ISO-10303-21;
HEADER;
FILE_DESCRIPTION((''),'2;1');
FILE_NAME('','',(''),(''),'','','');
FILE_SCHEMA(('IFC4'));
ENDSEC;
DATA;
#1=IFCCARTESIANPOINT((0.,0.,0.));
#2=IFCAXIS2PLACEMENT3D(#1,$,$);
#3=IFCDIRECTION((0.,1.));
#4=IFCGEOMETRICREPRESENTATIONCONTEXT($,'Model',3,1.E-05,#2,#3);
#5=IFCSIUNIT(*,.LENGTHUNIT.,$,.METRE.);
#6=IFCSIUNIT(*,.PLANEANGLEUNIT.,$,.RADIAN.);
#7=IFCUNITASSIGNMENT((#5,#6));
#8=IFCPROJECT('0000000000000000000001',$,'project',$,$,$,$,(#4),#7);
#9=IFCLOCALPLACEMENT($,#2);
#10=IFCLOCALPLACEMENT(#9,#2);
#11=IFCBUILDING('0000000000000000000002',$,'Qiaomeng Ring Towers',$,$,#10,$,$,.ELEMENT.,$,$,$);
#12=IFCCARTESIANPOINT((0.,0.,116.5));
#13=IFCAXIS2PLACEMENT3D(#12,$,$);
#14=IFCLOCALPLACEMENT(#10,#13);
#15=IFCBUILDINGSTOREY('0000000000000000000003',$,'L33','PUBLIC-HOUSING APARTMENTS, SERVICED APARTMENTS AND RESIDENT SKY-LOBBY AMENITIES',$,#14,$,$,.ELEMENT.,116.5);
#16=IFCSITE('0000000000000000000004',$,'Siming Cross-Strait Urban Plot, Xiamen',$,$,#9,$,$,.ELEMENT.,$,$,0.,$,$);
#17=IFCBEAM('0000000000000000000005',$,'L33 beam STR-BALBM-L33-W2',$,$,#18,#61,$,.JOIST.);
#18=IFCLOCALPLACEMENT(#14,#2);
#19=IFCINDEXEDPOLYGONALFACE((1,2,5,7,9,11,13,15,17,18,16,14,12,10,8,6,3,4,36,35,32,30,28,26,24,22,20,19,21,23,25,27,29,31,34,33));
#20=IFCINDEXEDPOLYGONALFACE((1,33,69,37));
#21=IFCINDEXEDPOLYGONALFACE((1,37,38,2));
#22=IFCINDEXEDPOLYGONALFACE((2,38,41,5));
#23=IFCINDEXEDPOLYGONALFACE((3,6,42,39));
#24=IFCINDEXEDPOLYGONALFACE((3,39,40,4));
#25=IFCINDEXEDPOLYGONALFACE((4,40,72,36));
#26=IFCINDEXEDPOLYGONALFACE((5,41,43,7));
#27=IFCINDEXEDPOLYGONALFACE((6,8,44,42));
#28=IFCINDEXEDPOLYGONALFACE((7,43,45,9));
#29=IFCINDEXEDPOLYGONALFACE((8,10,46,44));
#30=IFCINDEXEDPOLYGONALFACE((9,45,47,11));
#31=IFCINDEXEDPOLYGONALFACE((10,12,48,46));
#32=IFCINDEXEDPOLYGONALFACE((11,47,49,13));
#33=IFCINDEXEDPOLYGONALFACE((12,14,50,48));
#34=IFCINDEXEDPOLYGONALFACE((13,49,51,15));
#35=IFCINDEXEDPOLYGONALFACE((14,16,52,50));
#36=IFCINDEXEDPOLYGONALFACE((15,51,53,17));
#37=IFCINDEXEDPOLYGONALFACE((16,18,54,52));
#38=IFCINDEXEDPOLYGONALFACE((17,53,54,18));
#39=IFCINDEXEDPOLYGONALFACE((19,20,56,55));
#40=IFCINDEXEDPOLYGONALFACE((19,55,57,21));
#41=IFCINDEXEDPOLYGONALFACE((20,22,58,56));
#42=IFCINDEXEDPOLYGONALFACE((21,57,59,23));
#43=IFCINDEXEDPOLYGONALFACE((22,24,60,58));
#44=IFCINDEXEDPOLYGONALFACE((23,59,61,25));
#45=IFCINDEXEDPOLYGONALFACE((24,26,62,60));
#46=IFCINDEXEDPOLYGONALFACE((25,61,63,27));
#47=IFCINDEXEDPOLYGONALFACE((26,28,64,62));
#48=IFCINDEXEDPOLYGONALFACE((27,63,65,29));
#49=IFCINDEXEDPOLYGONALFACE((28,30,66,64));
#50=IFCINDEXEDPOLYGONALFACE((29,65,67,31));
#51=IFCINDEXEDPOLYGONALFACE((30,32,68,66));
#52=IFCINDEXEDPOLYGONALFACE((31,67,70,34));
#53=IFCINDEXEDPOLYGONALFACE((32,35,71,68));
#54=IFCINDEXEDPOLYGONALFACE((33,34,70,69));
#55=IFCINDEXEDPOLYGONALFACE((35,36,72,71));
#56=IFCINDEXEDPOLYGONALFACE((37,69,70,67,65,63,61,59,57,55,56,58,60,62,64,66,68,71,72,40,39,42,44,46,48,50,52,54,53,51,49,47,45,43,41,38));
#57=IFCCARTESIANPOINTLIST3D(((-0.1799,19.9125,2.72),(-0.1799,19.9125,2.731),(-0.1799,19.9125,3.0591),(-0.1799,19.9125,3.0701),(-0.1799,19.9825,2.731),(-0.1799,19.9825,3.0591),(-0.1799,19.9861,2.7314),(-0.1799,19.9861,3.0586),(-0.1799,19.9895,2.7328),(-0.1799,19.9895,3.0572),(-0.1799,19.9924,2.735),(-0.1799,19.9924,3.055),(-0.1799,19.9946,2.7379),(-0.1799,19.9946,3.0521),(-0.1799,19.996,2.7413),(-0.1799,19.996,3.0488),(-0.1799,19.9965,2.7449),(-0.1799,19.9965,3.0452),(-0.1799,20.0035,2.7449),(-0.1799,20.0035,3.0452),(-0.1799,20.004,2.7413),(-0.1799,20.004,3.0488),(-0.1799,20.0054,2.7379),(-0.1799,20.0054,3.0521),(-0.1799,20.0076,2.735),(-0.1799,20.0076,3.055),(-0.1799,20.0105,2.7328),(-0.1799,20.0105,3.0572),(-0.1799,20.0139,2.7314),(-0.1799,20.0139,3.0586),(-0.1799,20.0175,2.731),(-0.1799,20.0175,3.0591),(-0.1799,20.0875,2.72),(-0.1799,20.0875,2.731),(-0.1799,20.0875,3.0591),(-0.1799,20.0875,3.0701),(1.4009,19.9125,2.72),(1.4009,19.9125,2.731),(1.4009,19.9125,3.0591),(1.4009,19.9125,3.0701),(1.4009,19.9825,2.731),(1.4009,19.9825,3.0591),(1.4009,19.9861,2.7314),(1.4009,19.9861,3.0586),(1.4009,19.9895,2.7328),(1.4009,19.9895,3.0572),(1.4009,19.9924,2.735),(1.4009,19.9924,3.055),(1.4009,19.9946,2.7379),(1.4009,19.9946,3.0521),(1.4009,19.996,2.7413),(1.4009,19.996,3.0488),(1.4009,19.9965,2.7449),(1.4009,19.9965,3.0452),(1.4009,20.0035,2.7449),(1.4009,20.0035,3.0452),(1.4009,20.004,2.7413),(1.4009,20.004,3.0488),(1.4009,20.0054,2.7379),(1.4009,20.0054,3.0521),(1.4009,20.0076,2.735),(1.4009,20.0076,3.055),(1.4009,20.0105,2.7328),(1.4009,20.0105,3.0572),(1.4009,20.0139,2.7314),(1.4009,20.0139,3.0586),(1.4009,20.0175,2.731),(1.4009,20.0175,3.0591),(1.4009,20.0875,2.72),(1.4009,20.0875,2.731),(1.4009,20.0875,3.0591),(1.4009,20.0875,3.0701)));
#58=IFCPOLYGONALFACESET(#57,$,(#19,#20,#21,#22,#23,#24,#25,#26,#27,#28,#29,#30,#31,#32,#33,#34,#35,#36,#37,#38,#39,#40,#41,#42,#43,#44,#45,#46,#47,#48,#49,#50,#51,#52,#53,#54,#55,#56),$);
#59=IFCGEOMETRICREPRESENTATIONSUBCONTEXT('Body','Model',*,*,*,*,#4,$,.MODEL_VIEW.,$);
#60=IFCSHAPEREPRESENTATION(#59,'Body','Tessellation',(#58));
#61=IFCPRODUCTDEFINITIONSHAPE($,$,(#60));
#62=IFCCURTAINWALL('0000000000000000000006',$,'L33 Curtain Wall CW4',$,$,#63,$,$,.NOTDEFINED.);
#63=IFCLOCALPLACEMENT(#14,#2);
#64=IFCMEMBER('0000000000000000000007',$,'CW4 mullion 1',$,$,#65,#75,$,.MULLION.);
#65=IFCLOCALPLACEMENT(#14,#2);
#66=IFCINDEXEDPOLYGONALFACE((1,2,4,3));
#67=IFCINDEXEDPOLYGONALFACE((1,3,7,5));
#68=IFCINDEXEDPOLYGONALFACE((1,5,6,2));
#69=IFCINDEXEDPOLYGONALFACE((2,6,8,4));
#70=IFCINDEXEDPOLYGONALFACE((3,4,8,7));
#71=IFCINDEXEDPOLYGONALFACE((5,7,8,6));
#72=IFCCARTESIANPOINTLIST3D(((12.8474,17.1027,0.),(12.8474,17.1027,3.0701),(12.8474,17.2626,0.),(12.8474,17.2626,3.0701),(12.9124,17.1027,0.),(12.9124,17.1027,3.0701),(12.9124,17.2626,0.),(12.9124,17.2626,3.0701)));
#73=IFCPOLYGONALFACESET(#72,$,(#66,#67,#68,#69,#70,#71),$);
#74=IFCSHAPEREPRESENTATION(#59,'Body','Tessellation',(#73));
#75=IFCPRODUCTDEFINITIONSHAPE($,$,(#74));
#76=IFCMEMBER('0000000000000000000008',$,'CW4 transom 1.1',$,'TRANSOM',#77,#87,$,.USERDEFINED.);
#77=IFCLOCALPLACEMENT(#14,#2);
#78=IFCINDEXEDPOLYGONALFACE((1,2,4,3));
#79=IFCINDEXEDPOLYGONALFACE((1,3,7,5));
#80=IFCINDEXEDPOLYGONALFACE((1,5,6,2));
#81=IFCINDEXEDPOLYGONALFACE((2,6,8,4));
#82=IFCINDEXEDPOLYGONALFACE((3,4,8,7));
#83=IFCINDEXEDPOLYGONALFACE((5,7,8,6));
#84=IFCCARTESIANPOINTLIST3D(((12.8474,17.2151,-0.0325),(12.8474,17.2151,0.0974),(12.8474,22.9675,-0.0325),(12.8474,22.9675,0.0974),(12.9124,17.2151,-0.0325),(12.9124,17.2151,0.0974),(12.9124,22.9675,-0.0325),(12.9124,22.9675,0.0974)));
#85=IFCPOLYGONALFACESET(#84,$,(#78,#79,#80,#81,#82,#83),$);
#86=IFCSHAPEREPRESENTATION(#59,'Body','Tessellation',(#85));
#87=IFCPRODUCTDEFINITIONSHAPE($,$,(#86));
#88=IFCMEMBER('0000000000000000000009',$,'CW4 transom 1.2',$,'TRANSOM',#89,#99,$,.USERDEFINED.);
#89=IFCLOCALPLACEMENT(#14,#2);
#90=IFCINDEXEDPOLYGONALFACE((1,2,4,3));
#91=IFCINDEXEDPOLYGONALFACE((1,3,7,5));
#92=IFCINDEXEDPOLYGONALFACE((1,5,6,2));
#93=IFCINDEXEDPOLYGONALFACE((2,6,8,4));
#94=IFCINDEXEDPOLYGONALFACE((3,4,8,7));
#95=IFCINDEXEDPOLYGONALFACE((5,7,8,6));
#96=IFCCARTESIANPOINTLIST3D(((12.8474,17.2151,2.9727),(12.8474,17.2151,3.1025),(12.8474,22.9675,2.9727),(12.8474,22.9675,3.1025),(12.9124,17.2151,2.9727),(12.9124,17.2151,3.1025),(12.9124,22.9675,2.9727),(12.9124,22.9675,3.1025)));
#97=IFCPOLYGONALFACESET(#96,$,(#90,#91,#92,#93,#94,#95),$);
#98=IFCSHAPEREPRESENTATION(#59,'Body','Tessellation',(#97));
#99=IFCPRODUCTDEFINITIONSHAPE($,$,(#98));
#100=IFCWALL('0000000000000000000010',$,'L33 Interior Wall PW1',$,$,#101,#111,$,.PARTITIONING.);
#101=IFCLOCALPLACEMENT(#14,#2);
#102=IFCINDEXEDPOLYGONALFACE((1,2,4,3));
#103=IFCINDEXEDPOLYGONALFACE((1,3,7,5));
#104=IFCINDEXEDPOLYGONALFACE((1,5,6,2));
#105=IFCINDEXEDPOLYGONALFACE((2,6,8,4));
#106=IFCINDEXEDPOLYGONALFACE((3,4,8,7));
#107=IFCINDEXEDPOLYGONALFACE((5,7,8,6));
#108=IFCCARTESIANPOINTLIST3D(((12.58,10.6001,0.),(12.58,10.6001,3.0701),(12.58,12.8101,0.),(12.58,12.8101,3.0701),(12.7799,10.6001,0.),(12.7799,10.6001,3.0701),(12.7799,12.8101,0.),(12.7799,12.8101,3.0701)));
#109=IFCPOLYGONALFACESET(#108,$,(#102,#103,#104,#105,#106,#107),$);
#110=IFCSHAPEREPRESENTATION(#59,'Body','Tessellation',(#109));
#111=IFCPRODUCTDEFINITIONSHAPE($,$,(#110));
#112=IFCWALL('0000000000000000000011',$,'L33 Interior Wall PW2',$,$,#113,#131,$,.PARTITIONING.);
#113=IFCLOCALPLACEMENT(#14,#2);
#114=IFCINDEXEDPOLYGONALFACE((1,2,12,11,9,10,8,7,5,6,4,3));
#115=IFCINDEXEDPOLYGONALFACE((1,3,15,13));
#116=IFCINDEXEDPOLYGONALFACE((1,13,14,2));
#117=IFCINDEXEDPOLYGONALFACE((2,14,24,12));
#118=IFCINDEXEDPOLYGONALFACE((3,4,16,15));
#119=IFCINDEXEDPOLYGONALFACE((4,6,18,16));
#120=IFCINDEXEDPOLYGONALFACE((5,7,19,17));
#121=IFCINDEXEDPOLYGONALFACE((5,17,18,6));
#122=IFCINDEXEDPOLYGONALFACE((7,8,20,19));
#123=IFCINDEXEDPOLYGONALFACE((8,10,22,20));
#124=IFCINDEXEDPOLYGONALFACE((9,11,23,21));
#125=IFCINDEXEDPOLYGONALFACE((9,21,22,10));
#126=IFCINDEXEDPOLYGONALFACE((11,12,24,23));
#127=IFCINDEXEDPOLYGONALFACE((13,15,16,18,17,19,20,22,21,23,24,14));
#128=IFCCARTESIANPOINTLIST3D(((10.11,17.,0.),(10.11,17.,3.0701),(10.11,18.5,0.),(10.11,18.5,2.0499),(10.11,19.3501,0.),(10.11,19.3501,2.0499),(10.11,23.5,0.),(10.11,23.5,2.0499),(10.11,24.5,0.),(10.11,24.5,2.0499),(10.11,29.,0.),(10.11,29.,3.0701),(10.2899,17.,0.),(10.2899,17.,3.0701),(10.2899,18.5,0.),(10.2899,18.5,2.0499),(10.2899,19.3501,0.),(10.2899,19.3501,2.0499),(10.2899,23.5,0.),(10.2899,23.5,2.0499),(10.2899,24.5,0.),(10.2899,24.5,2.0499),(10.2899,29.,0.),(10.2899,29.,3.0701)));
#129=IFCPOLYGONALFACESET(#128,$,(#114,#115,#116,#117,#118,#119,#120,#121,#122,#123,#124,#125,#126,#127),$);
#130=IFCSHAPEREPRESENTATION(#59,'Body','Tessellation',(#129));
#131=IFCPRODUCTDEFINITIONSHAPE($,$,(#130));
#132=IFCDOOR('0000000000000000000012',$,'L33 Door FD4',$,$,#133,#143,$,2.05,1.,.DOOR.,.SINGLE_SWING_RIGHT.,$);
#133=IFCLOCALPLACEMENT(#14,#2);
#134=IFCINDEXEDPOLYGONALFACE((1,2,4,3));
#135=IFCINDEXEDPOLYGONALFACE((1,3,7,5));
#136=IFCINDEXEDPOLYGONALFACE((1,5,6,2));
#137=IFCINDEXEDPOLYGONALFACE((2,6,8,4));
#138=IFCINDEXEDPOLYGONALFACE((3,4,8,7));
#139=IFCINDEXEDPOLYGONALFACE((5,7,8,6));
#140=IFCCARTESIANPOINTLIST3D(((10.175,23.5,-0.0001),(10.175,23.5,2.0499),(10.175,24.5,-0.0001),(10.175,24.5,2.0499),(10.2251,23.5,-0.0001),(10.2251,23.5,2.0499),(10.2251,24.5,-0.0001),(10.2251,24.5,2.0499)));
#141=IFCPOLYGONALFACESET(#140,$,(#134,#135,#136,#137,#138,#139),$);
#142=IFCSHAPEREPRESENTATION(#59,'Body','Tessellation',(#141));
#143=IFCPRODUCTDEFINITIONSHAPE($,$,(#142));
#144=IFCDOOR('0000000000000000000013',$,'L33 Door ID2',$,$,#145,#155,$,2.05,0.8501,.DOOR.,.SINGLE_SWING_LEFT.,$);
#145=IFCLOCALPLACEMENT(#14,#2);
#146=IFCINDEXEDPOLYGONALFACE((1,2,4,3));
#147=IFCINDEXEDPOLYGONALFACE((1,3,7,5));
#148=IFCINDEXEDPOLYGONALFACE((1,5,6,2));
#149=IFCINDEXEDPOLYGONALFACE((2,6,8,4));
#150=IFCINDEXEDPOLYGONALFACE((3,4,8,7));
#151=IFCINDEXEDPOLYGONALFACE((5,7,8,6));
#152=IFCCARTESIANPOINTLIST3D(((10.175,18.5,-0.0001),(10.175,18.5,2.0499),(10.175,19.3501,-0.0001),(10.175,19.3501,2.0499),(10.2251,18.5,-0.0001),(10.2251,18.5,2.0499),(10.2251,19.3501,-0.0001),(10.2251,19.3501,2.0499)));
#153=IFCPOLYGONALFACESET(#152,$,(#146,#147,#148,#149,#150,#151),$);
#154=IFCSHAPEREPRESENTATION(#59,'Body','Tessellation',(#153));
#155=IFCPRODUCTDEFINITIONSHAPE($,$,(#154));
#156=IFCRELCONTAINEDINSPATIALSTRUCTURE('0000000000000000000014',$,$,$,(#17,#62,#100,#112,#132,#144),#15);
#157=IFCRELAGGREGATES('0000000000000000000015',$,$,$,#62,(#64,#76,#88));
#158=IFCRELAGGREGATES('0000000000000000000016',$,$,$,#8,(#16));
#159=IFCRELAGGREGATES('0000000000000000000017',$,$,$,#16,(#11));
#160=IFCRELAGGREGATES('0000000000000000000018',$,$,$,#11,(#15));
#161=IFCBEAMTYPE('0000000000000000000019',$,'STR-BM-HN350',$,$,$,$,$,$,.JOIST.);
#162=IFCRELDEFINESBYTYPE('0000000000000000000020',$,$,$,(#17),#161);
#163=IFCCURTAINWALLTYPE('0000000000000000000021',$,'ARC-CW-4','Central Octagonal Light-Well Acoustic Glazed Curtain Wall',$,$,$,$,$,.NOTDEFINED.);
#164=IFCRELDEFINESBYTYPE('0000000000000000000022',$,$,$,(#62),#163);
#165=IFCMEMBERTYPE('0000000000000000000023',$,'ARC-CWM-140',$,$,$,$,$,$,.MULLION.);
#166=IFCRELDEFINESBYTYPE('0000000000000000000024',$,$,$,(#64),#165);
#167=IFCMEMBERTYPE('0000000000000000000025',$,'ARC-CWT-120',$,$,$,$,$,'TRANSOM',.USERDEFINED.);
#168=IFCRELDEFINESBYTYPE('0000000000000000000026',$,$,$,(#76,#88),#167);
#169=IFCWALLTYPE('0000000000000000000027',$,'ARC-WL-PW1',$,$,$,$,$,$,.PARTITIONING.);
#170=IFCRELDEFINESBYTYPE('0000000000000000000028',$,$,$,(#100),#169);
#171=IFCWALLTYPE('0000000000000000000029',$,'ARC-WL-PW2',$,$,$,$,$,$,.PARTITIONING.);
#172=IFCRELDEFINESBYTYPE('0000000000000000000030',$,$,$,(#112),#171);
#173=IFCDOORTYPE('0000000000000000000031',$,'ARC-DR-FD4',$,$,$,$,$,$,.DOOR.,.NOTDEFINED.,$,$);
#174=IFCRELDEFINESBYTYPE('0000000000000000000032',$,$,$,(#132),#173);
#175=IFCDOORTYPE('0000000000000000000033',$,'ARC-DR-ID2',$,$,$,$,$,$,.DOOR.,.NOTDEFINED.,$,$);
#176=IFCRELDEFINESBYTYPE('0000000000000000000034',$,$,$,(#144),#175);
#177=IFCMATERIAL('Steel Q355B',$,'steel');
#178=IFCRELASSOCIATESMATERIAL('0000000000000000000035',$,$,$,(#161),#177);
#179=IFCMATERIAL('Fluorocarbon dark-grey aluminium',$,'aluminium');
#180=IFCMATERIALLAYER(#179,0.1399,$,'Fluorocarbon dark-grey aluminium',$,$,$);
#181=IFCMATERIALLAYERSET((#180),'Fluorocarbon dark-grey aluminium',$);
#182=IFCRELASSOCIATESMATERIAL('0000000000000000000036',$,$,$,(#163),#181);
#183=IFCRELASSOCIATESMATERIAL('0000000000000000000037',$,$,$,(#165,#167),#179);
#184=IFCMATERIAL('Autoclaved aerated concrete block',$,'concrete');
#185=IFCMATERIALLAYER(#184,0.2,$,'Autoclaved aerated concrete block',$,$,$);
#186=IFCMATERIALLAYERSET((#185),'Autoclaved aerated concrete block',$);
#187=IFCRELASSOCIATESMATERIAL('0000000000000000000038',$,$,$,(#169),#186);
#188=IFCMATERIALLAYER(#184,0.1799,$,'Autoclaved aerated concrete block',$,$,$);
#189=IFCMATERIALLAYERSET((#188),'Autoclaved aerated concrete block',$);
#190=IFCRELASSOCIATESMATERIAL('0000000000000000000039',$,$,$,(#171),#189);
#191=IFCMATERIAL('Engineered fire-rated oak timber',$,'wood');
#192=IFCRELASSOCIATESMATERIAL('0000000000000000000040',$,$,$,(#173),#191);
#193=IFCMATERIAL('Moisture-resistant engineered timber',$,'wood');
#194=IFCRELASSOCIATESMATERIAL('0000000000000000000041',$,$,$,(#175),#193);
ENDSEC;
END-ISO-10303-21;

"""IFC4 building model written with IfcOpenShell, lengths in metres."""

from ifc_helpers import new_model, si_unit, direction, frame, frame_2d, origin, origin_2d, place, context, subcontext, project, spatial, rectangle, i_section, extrude, source, transform, mapped, material, layer, layer_set, material_profile, profile_set, type_object, element, fill, aggregate, save


model = new_model("IFC4")

# Units and contexts
model_context = context("Model", 3, precision=1e-05, world=origin(), true_north=direction((0.0, 1.0)))
body_context = subcontext(model_context, "Body", "Model", "MODEL_VIEW")
ifc_project = project(units=[si_unit("LENGTHUNIT", "METRE"), si_unit("PLANEANGLEUNIT", "RADIAN")], contexts=[model_context])

# Site, building, storey
site_placement = place(None, origin())
site = spatial("IfcSite", under=ifc_project, at=site_placement, Name="Siming Cross-Strait Urban Plot, Xiamen", CompositionType="ELEMENT", RefElevation=0.0)
building_placement = place(site_placement, origin())
building = spatial("IfcBuilding", under=site, at=building_placement, Name="Qiaomeng Ring Towers", CompositionType="ELEMENT")
storey_placement = place(building_placement, frame((0.0, 0.0, 116.5)))
storey = spatial("IfcBuildingStorey", under=building, at=storey_placement, Name="L33", Description="PUBLIC-HOUSING APARTMENTS, SERVICED APARTMENTS AND RESIDENT SKY-LOBBY AMENITIES", CompositionType="ELEMENT", Elevation=116.5)

# Beam
ifc_material_1 = material(Name="Steel Q355B", Category="steel")
ifc_material_profile_1 = material_profile(ifc_material_1, i_section(OverallWidth=0.175, OverallDepth=0.3501, WebThickness=0.0071, FlangeThickness=0.011, FilletRadius=0.0139, at=origin_2d()), Name="HN 350x175x7x11")
ifc_profile_set_1 = profile_set([ifc_material_profile_1], Name="Steel Q355B")
beam_type_1 = type_object("IfcBeamType", Name="STR-BM-HN350", PredefinedType="JOIST", material=ifc_profile_set_1)
shared_shape_1 = source(origin(), body_context, "Body", "SweptSolid", [
    extrude(i_section(OverallWidth=0.175, OverallDepth=0.3501, WebThickness=0.0071, FlangeThickness=0.011, FilletRadius=0.0139, at=origin_2d()), origin(), (0.0, 0.0, 1.0), 1.5808),
])
beam_1_placement = place(storey_placement, frame((-0.1799, 20.0, 2.895), z_axis=(1.0, 0.0, 0.0), x_axis=(0.0, 1.0, 0.0)))
element("IfcBeam", 1, at=beam_1_placement, inside=storey, type_object=beam_type_1, Name="L33 beam STR-BALBM-L33-W2", PredefinedType="JOIST", context=body_context, shape_type="MappedRepresentation", body=[
    mapped(shared_shape_1, transform((0.0, 0.0, 0.0), x_axis=(1.0, 0.0, 0.0), y_axis=(0.0, 1.0, 0.0), z_axis=(0.0, 0.0, 1.0), scale=1.0)),
])

# Curtain wall, members
ifc_material_2 = material(Name="Fluorocarbon dark-grey aluminium", Category="aluminium")
ifc_layer_1 = layer(ifc_material_2, 0.1399, Name="Fluorocarbon dark-grey aluminium")
ifc_layer_set_1 = layer_set([ifc_layer_1], Name="Fluorocarbon dark-grey aluminium")
curtain_wall_type = type_object("IfcCurtainWallType", Name="ARC-CW-4", Description="Central Octagonal Light-Well Acoustic Glazed Curtain Wall", PredefinedType="NOTDEFINED", material=ifc_layer_set_1)
curtain_wall_placement = place(storey_placement, origin())
curtain_wall = element("IfcCurtainWall", 2, at=curtain_wall_placement, inside=storey, type_object=curtain_wall_type, Name="L33 Curtain Wall CW4", PredefinedType="NOTDEFINED")
ifc_material_profile_2 = material_profile(ifc_material_2, rectangle(XDim=0.0649, YDim=0.1599, at=origin_2d()), Name="ALU MULL 65x160")
ifc_profile_set_2 = profile_set([ifc_material_profile_2], Name="Fluorocarbon dark-grey aluminium")
member_type_1 = type_object("IfcMemberType", Name="ARC-CWM-140", PredefinedType="MULLION", material=ifc_profile_set_2)
shared_shape_2 = source(origin(), body_context, "Body", "SweptSolid", [
    extrude(rectangle(XDim=0.0649, YDim=0.1599, at=origin_2d()), origin(), (0.0, 0.0, 1.0), 3.0701),
])
member_1_placement = place(storey_placement, frame((12.8799, 17.1826, 0.0), z_axis=(0.0, 0.0, 1.0), x_axis=(-1.0, 0.0, 0.0)))
member_1 = element("IfcMember", 3, at=member_1_placement, type_object=member_type_1, Name="CW4 mullion 1", PredefinedType="MULLION", context=body_context, shape_type="MappedRepresentation", body=[
    mapped(shared_shape_2, transform((0.0, 0.0, 0.0), x_axis=(1.0, 0.0, 0.0), y_axis=(0.0, 1.0, 0.0), z_axis=(0.0, 0.0, 1.0), scale=1.0)),
])
ifc_material_profile_3 = material_profile(ifc_material_2, rectangle(XDim=0.0649, YDim=0.1299, at=origin_2d()), Name="ALU TRAN 65x130")
ifc_profile_set_3 = profile_set([ifc_material_profile_3], Name="Fluorocarbon dark-grey aluminium")
member_type_2 = type_object("IfcMemberType", Name="ARC-CWT-120", ElementType="TRANSOM", PredefinedType="USERDEFINED", material=ifc_profile_set_3)
shared_shape_3 = source(origin(), body_context, "Body", "SweptSolid", [
    extrude(rectangle(XDim=0.0649, YDim=0.1299, at=origin_2d()), origin(), (0.0, 0.0, 1.0), 5.7524),
])
member_2_placement = place(storey_placement, frame((12.8799, 17.2151, 0.0325), z_axis=(0.0, 1.0, 0.0), x_axis=(-1.0, 0.0, 0.0)))
member_2 = element("IfcMember", 4, at=member_2_placement, type_object=member_type_2, Name="CW4 transom 1.1", ObjectType="TRANSOM", PredefinedType="USERDEFINED", context=body_context, shape_type="MappedRepresentation", body=[
    mapped(shared_shape_3, transform((0.0, 0.0, 0.0), x_axis=(1.0, 0.0, 0.0), y_axis=(0.0, 1.0, 0.0), z_axis=(0.0, 0.0, 1.0), scale=1.0)),
])
member_3_placement = place(storey_placement, frame((12.8799, 17.2151, 3.0376), z_axis=(0.0, 1.0, 0.0), x_axis=(-1.0, 0.0, 0.0)))
member_3 = element("IfcMember", 5, at=member_3_placement, type_object=member_type_2, Name="CW4 transom 1.2", ObjectType="TRANSOM", PredefinedType="USERDEFINED", context=body_context, shape_type="MappedRepresentation", body=[
    mapped(shared_shape_3, transform((0.0, 0.0, 0.0), x_axis=(1.0, 0.0, 0.0), y_axis=(0.0, 1.0, 0.0), z_axis=(0.0, 0.0, 1.0), scale=1.0)),
])
aggregate(curtain_wall, [member_1, member_2, member_3])

# Wall
ifc_material_3 = material(Name="Autoclaved aerated concrete block", Category="concrete")
ifc_layer_2 = layer(ifc_material_3, 0.2, Name="Autoclaved aerated concrete block")
ifc_layer_set_2 = layer_set([ifc_layer_2], Name="Autoclaved aerated concrete block")
wall_type_1 = type_object("IfcWallType", Name="ARC-WL-PW1", PredefinedType="PARTITIONING", material=ifc_layer_set_2)
wall_1_placement = place(storey_placement, frame((12.6799, 10.6001, 0.0), z_axis=(0.0, 0.0, 1.0), x_axis=(0.0, 1.0, 0.0)))
element("IfcWall", 6, at=wall_1_placement, inside=storey, type_object=wall_type_1, Name="L33 Interior Wall PW1", PredefinedType="PARTITIONING", context=body_context, shape_type="SweptSolid", body=[
    extrude(rectangle(XDim=2.21, YDim=0.2, at=frame_2d((1.105, 0.0))), origin(), (0.0, 0.0, 1.0), 3.0701),
])

# Wall, openings, doors
ifc_layer_3 = layer(ifc_material_3, 0.1799, Name="Autoclaved aerated concrete block")
ifc_layer_set_3 = layer_set([ifc_layer_3], Name="Autoclaved aerated concrete block")
wall_type_2 = type_object("IfcWallType", Name="ARC-WL-PW2", PredefinedType="PARTITIONING", material=ifc_layer_set_3)
wall_2_placement = place(storey_placement, frame((10.2, 17.0, 0.0), z_axis=(0.0, 0.0, 1.0), x_axis=(0.0, 1.0, 0.0)))
wall_2 = element("IfcWall", 7, at=wall_2_placement, inside=storey, type_object=wall_type_2, Name="L33 Interior Wall PW2", PredefinedType="PARTITIONING", context=body_context, shape_type="SweptSolid", body=[
    extrude(rectangle(XDim=12.0, YDim=0.1799, at=frame_2d((6.0, 0.0))), origin(), (0.0, 0.0, 1.0), 3.0701),
])
opening_1_placement = place(wall_2_placement, frame((1.5, 0.0, 0.0)))
opening_1 = element("IfcOpeningElement", 8, at=opening_1_placement, cuts=wall_2, PredefinedType="OPENING", context=body_context, shape_type="SweptSolid", body=[
    extrude(rectangle(XDim=0.8501, YDim=2.05, at=frame_2d((0.425, 1.0249))), frame((0.0, 0.0999, 0.0), z_axis=(0.0, -1.0, 0.0), x_axis=(1.0, 0.0, 0.0)), (0.0, 0.0, 1.0), 0.2),
])
opening_2_placement = place(wall_2_placement, frame((6.5, 0.0, 0.0)))
opening_2 = element("IfcOpeningElement", 9, at=opening_2_placement, cuts=wall_2, PredefinedType="OPENING", context=body_context, shape_type="SweptSolid", body=[
    extrude(rectangle(XDim=1.0, YDim=2.05, at=frame_2d((0.5, 1.0249))), frame((0.0, 0.0999, 0.0), z_axis=(0.0, -1.0, 0.0), x_axis=(1.0, 0.0, 0.0)), (0.0, 0.0, 1.0), 0.2),
])
ifc_material_4 = material(Name="Engineered fire-rated oak timber", Category="wood")
door_type_1 = type_object("IfcDoorType", Name="ARC-DR-FD4", OperationType="NOTDEFINED", PredefinedType="DOOR", material=ifc_material_4)
shared_shape_4 = source(origin(), body_context, "Body", "SweptSolid", [
    extrude(rectangle(XDim=1.0, YDim=2.05, at=frame_2d((0.5, 1.0249))), frame((0.0, 0.0249, 0.0), z_axis=(0.0, -1.0, 0.0), x_axis=(1.0, 0.0, 0.0)), (0.0, 0.0, 1.0), 0.05),
])
door_1_placement = place(opening_2_placement, origin())
door_1 = element("IfcDoor", 10, at=door_1_placement, inside=storey, type_object=door_type_1, Name="L33 Door FD4", OperationType="SINGLE_SWING_RIGHT", OverallHeight=2.05, OverallWidth=1.0, PredefinedType="DOOR", context=body_context, shape_type="MappedRepresentation", body=[
    mapped(shared_shape_4, transform((0.0, 0.0, 0.0), x_axis=(1.0, 0.0, 0.0), y_axis=(0.0, 1.0, 0.0), z_axis=(0.0, 0.0, 1.0), scale=1.0)),
])
fill(opening_2, door_1)
ifc_material_5 = material(Name="Moisture-resistant engineered timber", Category="wood")
door_type_2 = type_object("IfcDoorType", Name="ARC-DR-ID2", OperationType="NOTDEFINED", PredefinedType="DOOR", material=ifc_material_5)
shared_shape_5 = source(origin(), body_context, "Body", "SweptSolid", [
    extrude(rectangle(XDim=0.8501, YDim=2.05, at=frame_2d((0.425, 1.0249))), frame((0.0, 0.0249, 0.0), z_axis=(0.0, -1.0, 0.0), x_axis=(1.0, 0.0, 0.0)), (0.0, 0.0, 1.0), 0.05),
])
door_2_placement = place(opening_1_placement, origin())
door_2 = element("IfcDoor", 11, at=door_2_placement, inside=storey, type_object=door_type_2, Name="L33 Door ID2", OperationType="SINGLE_SWING_LEFT", OverallHeight=2.05, OverallWidth=0.8501, PredefinedType="DOOR", context=body_context, shape_type="MappedRepresentation", body=[
    mapped(shared_shape_5, transform((0.0, 0.0, 0.0), x_axis=(1.0, 0.0, 0.0), y_axis=(0.0, 1.0, 0.0), z_axis=(0.0, 0.0, 1.0), scale=1.0)),
])
fill(opening_1, door_2)

save(model, "model.ifc")
